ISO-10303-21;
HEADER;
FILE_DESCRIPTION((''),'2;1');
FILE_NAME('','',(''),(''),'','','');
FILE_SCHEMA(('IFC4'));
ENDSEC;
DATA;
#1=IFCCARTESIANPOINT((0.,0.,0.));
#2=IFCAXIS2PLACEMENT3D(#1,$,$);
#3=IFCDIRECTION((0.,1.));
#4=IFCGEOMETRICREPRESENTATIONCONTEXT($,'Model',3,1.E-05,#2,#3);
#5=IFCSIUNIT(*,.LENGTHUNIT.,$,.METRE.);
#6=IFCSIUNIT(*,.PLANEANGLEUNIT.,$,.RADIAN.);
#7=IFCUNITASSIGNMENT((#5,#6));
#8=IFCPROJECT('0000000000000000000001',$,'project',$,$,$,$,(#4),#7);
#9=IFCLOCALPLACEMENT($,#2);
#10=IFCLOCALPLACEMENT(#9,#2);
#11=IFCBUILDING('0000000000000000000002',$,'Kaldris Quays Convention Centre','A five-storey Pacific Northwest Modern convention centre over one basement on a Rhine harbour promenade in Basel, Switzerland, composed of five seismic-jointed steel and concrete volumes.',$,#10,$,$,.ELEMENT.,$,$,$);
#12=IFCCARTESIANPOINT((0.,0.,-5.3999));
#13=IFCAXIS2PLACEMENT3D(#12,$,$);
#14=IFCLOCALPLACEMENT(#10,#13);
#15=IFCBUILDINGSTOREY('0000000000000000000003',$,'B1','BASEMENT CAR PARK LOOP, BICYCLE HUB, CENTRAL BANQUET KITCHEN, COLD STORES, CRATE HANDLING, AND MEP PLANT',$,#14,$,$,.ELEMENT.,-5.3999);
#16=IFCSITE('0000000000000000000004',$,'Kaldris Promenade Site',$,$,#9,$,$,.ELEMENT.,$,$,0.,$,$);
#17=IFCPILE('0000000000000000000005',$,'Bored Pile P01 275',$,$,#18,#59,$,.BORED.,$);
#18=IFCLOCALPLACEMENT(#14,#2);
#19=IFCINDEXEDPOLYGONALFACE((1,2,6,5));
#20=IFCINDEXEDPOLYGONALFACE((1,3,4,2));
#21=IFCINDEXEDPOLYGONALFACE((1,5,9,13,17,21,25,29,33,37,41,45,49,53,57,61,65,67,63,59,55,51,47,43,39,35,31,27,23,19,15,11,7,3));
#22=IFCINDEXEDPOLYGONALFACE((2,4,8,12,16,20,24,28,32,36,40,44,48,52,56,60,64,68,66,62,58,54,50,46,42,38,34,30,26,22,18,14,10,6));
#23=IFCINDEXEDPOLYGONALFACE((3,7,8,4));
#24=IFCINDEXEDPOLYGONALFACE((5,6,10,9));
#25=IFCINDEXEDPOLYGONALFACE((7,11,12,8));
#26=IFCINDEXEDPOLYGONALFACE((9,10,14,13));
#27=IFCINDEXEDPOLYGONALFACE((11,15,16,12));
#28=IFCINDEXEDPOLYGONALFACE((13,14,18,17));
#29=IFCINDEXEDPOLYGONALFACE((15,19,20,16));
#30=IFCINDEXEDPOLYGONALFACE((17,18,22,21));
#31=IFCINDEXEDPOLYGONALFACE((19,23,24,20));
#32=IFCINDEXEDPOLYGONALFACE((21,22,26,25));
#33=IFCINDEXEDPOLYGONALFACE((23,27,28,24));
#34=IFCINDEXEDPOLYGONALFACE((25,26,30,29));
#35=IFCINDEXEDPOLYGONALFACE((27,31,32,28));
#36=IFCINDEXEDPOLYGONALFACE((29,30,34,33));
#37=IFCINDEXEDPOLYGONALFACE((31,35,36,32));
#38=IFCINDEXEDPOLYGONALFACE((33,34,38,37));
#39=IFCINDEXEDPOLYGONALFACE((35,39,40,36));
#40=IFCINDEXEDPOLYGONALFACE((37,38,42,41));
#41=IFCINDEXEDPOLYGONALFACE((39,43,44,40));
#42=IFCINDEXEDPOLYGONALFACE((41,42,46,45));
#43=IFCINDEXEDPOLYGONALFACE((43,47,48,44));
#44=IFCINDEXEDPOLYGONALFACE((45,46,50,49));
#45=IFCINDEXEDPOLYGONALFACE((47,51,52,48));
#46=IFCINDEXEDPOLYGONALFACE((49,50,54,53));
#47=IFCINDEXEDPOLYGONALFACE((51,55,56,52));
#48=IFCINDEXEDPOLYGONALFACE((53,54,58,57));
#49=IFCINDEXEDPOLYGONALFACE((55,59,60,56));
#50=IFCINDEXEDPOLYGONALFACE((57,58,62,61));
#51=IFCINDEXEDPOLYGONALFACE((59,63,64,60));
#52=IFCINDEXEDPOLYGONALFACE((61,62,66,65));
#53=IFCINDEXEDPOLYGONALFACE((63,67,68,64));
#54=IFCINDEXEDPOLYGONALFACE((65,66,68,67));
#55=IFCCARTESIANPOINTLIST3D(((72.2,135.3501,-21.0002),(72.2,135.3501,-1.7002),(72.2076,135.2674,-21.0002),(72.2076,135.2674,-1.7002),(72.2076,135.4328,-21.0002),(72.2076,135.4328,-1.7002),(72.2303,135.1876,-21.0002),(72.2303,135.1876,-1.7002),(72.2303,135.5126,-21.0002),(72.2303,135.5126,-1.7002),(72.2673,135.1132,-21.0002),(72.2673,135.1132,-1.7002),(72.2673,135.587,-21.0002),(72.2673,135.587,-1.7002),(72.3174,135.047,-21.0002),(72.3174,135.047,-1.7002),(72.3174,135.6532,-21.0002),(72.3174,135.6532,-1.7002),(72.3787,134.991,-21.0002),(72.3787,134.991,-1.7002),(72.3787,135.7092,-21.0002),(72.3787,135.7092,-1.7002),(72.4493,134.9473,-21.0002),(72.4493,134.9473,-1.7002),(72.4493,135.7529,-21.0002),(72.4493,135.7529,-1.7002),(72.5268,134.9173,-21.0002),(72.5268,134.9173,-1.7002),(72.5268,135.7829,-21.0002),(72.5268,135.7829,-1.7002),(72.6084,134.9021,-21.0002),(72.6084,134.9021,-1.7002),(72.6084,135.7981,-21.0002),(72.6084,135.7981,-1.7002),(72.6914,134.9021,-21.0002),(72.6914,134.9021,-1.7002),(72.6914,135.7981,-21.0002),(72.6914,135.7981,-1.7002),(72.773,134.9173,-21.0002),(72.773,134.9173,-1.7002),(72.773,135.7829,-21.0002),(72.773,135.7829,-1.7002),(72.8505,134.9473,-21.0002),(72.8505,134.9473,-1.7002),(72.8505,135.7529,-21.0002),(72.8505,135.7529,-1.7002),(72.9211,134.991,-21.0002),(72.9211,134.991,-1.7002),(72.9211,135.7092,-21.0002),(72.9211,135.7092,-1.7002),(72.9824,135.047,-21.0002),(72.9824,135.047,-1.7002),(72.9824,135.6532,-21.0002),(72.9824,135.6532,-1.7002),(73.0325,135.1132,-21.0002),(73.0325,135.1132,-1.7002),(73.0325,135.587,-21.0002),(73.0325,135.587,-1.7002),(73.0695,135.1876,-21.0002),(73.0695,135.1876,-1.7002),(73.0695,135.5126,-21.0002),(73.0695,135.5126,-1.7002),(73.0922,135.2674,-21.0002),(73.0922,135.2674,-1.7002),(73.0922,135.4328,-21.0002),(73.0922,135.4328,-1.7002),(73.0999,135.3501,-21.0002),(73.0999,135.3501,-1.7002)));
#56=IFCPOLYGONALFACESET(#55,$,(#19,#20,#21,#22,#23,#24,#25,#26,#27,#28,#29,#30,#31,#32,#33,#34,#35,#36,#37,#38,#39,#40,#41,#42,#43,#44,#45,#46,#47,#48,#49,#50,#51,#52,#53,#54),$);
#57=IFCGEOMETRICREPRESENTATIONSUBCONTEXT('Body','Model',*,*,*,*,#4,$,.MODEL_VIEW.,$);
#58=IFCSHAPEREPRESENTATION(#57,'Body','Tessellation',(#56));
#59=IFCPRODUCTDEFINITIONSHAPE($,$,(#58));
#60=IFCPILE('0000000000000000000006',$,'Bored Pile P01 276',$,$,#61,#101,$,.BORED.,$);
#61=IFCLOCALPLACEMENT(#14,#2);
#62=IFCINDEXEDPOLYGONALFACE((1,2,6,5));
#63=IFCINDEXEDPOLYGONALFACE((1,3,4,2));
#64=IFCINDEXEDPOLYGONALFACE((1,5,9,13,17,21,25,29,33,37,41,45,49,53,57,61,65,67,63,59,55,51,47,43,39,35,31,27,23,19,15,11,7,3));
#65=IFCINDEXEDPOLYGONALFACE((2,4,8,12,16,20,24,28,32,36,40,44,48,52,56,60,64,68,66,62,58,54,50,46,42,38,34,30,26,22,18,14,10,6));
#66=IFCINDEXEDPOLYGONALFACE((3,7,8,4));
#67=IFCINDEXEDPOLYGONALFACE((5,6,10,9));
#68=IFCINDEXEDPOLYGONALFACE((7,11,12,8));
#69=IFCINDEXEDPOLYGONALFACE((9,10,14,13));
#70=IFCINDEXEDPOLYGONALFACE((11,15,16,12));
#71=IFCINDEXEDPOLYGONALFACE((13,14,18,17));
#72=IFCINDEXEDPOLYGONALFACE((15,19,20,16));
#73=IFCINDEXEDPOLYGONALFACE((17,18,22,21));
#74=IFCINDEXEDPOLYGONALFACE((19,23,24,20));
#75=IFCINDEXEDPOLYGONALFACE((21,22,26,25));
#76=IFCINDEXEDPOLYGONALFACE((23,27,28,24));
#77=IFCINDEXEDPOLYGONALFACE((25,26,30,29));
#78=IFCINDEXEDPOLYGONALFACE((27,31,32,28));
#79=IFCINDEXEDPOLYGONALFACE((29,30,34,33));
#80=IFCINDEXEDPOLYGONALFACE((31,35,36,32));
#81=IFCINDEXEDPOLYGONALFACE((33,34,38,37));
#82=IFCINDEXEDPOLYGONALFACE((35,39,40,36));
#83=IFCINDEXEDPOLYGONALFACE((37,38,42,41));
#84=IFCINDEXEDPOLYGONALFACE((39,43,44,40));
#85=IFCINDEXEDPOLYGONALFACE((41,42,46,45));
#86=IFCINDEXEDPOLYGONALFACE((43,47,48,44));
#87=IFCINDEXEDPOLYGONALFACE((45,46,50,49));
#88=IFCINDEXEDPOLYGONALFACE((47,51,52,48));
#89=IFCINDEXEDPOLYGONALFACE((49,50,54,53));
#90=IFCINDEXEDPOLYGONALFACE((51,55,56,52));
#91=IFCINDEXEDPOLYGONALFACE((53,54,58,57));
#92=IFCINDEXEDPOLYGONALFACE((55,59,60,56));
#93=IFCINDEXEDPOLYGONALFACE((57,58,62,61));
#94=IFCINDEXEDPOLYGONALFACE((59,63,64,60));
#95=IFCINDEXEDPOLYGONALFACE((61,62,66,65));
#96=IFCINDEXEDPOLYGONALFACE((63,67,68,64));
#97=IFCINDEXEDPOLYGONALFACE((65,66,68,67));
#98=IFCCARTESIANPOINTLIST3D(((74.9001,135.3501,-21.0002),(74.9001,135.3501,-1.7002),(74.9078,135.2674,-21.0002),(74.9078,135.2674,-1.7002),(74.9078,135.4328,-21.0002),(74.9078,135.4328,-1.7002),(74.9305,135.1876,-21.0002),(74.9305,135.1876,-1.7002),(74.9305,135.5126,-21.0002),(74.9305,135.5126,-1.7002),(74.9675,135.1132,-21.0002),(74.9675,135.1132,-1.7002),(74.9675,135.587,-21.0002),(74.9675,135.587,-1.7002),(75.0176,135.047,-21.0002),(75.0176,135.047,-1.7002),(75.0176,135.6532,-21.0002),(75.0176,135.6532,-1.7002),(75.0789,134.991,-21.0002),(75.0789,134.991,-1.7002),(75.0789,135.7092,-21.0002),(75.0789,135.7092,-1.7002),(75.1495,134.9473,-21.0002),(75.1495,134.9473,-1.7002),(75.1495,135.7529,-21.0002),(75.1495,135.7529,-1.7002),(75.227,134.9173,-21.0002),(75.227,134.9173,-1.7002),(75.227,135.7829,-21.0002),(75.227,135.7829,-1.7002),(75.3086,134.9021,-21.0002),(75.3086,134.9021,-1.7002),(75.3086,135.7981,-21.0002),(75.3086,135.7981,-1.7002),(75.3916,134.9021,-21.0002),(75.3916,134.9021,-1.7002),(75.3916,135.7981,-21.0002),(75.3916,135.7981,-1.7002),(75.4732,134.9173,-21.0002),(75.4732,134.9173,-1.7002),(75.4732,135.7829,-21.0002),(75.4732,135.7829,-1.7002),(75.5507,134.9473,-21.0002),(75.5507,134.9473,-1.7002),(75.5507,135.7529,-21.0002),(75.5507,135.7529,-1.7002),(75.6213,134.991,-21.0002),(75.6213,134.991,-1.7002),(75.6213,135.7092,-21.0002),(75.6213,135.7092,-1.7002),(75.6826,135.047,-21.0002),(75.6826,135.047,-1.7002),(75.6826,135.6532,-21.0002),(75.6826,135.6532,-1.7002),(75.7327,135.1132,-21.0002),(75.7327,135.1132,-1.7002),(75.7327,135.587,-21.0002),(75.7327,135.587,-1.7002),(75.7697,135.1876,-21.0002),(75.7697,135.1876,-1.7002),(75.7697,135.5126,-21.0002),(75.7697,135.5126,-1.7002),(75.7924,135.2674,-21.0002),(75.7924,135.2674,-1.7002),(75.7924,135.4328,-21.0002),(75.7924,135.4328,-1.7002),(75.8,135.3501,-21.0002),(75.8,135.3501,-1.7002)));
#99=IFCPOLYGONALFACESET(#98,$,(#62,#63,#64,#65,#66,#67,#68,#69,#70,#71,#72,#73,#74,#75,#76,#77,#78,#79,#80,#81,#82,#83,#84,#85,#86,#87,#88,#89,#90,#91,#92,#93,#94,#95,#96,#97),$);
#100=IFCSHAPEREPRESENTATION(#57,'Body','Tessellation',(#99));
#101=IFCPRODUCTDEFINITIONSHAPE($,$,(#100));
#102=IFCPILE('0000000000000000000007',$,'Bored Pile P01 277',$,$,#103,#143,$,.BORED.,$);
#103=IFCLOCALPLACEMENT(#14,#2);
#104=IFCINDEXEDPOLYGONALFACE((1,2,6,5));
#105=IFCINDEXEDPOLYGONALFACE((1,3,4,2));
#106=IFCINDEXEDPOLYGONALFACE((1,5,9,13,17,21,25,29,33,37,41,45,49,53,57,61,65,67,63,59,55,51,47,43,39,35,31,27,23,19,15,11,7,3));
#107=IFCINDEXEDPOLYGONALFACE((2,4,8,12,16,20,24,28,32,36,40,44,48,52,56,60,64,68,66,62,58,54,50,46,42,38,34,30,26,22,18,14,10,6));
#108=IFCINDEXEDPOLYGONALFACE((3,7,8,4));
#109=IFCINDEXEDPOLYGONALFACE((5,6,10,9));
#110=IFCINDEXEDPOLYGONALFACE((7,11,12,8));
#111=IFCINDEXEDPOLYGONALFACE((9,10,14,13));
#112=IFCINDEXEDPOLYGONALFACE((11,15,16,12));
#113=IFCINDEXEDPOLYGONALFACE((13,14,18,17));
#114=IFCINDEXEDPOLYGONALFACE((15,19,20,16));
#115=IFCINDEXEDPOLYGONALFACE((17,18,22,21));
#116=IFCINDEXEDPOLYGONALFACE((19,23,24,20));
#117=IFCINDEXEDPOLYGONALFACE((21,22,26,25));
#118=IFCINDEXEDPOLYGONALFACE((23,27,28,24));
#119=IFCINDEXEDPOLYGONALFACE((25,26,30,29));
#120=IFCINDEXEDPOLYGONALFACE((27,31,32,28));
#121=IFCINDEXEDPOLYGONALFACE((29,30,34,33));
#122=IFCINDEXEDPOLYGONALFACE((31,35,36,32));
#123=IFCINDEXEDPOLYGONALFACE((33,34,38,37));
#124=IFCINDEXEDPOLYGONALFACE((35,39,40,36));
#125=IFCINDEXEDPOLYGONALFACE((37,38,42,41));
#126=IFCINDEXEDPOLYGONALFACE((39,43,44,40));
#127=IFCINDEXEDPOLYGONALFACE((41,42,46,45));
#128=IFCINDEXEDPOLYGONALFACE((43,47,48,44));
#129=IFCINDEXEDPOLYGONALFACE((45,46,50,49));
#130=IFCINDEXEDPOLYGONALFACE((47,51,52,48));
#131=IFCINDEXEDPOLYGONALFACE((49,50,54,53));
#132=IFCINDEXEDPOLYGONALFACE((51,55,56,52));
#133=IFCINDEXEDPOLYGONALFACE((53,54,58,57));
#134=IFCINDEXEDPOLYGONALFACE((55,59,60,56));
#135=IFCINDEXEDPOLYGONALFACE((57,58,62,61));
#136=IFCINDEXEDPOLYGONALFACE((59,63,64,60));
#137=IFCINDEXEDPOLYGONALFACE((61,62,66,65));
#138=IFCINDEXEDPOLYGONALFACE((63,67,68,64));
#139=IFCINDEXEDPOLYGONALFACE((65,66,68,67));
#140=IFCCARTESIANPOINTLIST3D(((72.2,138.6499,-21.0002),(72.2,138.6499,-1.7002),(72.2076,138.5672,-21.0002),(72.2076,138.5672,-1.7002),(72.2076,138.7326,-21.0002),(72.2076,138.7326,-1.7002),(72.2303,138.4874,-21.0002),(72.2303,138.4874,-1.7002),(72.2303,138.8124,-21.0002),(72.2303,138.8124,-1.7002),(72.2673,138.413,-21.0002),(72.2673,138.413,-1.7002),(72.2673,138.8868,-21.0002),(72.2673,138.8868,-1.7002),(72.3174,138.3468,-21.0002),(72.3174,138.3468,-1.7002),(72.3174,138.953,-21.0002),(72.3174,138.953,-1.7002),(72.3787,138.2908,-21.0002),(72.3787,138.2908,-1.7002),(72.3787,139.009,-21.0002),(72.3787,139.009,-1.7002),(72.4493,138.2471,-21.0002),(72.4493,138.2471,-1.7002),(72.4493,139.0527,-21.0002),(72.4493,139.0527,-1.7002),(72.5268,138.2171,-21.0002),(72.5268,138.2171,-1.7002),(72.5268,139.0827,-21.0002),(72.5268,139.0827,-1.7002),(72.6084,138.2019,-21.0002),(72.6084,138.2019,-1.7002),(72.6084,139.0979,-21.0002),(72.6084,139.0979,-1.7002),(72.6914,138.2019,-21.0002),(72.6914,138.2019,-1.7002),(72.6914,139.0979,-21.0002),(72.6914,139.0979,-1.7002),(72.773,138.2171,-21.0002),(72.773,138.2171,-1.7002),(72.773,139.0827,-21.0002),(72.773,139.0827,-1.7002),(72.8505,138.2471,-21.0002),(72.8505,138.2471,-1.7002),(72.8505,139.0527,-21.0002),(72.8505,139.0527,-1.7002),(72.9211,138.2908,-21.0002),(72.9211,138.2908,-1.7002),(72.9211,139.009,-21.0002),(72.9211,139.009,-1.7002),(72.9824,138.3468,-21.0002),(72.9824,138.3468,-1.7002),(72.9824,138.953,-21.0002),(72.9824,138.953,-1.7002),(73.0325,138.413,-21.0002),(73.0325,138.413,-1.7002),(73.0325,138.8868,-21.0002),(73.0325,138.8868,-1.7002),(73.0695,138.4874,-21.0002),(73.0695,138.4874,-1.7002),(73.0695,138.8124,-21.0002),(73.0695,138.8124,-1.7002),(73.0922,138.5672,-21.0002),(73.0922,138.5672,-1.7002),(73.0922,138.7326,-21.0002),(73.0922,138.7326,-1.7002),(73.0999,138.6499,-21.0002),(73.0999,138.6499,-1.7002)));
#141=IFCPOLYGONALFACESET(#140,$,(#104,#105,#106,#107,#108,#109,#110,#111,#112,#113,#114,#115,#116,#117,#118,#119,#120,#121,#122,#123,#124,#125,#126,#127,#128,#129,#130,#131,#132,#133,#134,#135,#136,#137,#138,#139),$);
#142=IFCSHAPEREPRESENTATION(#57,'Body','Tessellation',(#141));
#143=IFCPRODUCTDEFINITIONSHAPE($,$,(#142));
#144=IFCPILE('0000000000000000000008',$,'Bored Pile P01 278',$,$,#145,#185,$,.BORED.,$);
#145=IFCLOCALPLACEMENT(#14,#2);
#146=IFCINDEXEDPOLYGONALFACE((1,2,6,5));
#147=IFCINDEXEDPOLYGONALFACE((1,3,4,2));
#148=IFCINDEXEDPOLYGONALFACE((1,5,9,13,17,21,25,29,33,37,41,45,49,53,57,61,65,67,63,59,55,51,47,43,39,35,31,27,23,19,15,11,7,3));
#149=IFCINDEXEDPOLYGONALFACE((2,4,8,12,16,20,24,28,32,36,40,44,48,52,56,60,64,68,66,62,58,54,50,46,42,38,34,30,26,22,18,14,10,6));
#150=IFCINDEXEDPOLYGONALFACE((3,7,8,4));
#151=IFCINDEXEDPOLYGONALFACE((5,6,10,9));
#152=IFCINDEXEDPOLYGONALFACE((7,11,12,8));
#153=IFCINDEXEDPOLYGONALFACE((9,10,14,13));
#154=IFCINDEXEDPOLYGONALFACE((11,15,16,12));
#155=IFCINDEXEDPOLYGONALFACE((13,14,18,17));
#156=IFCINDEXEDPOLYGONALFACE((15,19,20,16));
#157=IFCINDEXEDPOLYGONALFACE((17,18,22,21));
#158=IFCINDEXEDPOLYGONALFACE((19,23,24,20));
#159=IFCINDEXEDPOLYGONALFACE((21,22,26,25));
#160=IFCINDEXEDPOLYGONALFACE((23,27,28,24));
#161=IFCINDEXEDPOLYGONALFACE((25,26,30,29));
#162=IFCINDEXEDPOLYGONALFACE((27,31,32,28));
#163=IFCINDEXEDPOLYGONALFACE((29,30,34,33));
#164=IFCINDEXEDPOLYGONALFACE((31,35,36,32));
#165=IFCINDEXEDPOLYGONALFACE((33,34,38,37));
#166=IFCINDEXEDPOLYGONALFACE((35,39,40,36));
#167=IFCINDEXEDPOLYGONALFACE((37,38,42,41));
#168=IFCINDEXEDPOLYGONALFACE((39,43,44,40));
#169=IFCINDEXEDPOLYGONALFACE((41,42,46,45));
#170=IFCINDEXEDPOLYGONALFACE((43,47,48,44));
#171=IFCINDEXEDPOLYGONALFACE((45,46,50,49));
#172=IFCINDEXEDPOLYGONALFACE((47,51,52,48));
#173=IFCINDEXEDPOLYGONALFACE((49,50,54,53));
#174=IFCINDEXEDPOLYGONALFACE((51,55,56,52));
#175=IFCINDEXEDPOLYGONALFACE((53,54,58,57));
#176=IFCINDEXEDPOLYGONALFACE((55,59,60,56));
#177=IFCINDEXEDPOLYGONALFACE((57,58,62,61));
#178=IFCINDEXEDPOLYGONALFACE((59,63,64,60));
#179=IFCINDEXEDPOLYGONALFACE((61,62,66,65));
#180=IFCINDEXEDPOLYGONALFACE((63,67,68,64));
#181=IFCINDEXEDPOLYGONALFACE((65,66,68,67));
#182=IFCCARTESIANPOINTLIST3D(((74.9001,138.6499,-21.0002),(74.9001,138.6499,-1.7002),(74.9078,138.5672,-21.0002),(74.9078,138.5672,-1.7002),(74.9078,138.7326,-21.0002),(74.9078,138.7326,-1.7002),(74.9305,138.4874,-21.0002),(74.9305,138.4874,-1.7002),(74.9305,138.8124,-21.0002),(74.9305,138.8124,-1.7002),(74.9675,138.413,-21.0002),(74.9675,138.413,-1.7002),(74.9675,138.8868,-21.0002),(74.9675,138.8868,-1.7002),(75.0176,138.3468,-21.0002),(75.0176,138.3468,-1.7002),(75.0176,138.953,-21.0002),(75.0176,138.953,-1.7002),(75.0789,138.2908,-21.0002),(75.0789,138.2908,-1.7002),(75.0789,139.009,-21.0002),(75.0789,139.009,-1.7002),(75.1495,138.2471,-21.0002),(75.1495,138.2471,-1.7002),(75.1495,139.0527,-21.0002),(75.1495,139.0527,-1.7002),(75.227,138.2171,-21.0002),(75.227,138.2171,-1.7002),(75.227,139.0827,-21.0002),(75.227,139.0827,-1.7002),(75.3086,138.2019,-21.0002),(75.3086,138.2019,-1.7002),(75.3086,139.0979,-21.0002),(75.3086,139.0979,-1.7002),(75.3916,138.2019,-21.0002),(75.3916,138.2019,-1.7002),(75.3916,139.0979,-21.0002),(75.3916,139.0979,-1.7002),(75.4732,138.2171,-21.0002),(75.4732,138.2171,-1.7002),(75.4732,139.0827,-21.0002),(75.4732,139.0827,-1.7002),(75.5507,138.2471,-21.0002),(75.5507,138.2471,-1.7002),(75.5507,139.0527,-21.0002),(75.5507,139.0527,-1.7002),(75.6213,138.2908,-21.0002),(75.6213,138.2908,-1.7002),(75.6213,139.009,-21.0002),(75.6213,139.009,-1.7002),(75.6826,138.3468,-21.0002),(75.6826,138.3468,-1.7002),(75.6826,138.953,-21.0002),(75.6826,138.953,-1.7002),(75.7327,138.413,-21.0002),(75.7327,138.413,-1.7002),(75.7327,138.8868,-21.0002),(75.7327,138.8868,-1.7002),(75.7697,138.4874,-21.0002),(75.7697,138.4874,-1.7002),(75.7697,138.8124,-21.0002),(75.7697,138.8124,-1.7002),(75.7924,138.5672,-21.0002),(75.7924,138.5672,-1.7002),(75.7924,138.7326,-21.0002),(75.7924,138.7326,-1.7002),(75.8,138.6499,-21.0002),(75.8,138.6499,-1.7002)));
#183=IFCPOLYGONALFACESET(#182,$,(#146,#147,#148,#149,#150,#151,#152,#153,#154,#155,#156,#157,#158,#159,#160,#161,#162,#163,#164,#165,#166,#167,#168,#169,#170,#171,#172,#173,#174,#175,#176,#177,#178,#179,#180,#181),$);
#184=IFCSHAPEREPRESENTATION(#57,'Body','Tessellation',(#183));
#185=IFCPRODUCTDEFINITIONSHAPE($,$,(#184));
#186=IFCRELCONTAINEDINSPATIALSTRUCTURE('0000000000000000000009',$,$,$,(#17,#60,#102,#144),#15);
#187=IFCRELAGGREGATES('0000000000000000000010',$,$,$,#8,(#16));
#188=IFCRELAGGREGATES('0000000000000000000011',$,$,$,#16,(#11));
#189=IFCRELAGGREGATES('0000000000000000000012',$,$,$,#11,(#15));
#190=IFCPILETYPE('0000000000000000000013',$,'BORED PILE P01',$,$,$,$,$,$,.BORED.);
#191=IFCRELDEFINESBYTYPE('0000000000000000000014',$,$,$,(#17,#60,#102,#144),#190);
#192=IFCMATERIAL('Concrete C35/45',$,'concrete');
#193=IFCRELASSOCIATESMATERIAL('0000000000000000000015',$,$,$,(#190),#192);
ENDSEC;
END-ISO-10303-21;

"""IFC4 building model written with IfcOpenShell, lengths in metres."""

from ifc_helpers import new_model, si_unit, direction, frame, origin, origin_2d, place, context, subcontext, project, spatial, circle, extrude, material, material_profile, profile_set, type_object, element, save


model = new_model("IFC4")

# Units and contexts
model_context = context("Model", 3, precision=1e-05, world=origin(), true_north=direction((0.0, 1.0)))
body_context = subcontext(model_context, "Body", "Model", "MODEL_VIEW")
ifc_project = project(units=[si_unit("LENGTHUNIT", "METRE"), si_unit("PLANEANGLEUNIT", "RADIAN")], contexts=[model_context])

# Site, building, storey
site_placement = place(None, origin())
site = spatial("IfcSite", under=ifc_project, at=site_placement, Name="Kaldris Promenade Site", CompositionType="ELEMENT", RefElevation=0.0)
building_placement = place(site_placement, origin())
building = spatial("IfcBuilding", under=site, at=building_placement, Name="Kaldris Quays Convention Centre", Description="A five-storey Pacific Northwest Modern convention centre over one basement on a Rhine harbour promenade in Basel, Switzerland, composed of five seismic-jointed steel and concrete volumes.", CompositionType="ELEMENT")
storey_placement = place(building_placement, frame((0.0, 0.0, -5.3999)))
storey = spatial("IfcBuildingStorey", under=building, at=storey_placement, Name="B1", Description="BASEMENT CAR PARK LOOP, BICYCLE HUB, CENTRAL BANQUET KITCHEN, COLD STORES, CRATE HANDLING, AND MEP PLANT", CompositionType="ELEMENT", Elevation=-5.3999)

# Piles
ifc_material_1 = material(Name="Concrete C35/45", Category="concrete")
ifc_material_profile_1 = material_profile(ifc_material_1, circle(Radius=0.45, at=origin_2d()), Name="BORED PILE D900")
ifc_profile_set_1 = profile_set([ifc_material_profile_1], Name="Concrete C35/45")
pile_type = type_object("IfcPileType", Name="BORED PILE P01", PredefinedType="BORED", material=ifc_profile_set_1)
for number, where, z_axis, x_axis, name in (
    (1, (72.6499, 135.3501, -1.7002), (0.0, 0.0, -1.0), (1.0, 0.0, 0.0), "Bored Pile P01 275"),
    (2, (75.3501, 135.3501, -1.7002), (0.0, 0.0, -1.0), (1.0, 0.0, 0.0), "Bored Pile P01 276"),
    (3, (72.6499, 138.6499, -1.7002), (0.0, 0.0, -1.0), (1.0, 0.0, 0.0), "Bored Pile P01 277"),
    (4, (75.3501, 138.6499, -1.7002), (0.0, 0.0, -1.0), (1.0, 0.0, 0.0), "Bored Pile P01 278"),
):
    element("IfcPile", number, at=place(storey_placement, frame(where, z_axis=z_axis, x_axis=x_axis)), inside=storey, type_object=pile_type, Name=name, PredefinedType="BORED", context=body_context, shape_type="SweptSolid", body=[
        extrude(circle(Radius=0.45, at=origin_2d()), origin(), (0.0, 0.0, 1.0), 19.3),
    ])

save(model, "model.ifc")
